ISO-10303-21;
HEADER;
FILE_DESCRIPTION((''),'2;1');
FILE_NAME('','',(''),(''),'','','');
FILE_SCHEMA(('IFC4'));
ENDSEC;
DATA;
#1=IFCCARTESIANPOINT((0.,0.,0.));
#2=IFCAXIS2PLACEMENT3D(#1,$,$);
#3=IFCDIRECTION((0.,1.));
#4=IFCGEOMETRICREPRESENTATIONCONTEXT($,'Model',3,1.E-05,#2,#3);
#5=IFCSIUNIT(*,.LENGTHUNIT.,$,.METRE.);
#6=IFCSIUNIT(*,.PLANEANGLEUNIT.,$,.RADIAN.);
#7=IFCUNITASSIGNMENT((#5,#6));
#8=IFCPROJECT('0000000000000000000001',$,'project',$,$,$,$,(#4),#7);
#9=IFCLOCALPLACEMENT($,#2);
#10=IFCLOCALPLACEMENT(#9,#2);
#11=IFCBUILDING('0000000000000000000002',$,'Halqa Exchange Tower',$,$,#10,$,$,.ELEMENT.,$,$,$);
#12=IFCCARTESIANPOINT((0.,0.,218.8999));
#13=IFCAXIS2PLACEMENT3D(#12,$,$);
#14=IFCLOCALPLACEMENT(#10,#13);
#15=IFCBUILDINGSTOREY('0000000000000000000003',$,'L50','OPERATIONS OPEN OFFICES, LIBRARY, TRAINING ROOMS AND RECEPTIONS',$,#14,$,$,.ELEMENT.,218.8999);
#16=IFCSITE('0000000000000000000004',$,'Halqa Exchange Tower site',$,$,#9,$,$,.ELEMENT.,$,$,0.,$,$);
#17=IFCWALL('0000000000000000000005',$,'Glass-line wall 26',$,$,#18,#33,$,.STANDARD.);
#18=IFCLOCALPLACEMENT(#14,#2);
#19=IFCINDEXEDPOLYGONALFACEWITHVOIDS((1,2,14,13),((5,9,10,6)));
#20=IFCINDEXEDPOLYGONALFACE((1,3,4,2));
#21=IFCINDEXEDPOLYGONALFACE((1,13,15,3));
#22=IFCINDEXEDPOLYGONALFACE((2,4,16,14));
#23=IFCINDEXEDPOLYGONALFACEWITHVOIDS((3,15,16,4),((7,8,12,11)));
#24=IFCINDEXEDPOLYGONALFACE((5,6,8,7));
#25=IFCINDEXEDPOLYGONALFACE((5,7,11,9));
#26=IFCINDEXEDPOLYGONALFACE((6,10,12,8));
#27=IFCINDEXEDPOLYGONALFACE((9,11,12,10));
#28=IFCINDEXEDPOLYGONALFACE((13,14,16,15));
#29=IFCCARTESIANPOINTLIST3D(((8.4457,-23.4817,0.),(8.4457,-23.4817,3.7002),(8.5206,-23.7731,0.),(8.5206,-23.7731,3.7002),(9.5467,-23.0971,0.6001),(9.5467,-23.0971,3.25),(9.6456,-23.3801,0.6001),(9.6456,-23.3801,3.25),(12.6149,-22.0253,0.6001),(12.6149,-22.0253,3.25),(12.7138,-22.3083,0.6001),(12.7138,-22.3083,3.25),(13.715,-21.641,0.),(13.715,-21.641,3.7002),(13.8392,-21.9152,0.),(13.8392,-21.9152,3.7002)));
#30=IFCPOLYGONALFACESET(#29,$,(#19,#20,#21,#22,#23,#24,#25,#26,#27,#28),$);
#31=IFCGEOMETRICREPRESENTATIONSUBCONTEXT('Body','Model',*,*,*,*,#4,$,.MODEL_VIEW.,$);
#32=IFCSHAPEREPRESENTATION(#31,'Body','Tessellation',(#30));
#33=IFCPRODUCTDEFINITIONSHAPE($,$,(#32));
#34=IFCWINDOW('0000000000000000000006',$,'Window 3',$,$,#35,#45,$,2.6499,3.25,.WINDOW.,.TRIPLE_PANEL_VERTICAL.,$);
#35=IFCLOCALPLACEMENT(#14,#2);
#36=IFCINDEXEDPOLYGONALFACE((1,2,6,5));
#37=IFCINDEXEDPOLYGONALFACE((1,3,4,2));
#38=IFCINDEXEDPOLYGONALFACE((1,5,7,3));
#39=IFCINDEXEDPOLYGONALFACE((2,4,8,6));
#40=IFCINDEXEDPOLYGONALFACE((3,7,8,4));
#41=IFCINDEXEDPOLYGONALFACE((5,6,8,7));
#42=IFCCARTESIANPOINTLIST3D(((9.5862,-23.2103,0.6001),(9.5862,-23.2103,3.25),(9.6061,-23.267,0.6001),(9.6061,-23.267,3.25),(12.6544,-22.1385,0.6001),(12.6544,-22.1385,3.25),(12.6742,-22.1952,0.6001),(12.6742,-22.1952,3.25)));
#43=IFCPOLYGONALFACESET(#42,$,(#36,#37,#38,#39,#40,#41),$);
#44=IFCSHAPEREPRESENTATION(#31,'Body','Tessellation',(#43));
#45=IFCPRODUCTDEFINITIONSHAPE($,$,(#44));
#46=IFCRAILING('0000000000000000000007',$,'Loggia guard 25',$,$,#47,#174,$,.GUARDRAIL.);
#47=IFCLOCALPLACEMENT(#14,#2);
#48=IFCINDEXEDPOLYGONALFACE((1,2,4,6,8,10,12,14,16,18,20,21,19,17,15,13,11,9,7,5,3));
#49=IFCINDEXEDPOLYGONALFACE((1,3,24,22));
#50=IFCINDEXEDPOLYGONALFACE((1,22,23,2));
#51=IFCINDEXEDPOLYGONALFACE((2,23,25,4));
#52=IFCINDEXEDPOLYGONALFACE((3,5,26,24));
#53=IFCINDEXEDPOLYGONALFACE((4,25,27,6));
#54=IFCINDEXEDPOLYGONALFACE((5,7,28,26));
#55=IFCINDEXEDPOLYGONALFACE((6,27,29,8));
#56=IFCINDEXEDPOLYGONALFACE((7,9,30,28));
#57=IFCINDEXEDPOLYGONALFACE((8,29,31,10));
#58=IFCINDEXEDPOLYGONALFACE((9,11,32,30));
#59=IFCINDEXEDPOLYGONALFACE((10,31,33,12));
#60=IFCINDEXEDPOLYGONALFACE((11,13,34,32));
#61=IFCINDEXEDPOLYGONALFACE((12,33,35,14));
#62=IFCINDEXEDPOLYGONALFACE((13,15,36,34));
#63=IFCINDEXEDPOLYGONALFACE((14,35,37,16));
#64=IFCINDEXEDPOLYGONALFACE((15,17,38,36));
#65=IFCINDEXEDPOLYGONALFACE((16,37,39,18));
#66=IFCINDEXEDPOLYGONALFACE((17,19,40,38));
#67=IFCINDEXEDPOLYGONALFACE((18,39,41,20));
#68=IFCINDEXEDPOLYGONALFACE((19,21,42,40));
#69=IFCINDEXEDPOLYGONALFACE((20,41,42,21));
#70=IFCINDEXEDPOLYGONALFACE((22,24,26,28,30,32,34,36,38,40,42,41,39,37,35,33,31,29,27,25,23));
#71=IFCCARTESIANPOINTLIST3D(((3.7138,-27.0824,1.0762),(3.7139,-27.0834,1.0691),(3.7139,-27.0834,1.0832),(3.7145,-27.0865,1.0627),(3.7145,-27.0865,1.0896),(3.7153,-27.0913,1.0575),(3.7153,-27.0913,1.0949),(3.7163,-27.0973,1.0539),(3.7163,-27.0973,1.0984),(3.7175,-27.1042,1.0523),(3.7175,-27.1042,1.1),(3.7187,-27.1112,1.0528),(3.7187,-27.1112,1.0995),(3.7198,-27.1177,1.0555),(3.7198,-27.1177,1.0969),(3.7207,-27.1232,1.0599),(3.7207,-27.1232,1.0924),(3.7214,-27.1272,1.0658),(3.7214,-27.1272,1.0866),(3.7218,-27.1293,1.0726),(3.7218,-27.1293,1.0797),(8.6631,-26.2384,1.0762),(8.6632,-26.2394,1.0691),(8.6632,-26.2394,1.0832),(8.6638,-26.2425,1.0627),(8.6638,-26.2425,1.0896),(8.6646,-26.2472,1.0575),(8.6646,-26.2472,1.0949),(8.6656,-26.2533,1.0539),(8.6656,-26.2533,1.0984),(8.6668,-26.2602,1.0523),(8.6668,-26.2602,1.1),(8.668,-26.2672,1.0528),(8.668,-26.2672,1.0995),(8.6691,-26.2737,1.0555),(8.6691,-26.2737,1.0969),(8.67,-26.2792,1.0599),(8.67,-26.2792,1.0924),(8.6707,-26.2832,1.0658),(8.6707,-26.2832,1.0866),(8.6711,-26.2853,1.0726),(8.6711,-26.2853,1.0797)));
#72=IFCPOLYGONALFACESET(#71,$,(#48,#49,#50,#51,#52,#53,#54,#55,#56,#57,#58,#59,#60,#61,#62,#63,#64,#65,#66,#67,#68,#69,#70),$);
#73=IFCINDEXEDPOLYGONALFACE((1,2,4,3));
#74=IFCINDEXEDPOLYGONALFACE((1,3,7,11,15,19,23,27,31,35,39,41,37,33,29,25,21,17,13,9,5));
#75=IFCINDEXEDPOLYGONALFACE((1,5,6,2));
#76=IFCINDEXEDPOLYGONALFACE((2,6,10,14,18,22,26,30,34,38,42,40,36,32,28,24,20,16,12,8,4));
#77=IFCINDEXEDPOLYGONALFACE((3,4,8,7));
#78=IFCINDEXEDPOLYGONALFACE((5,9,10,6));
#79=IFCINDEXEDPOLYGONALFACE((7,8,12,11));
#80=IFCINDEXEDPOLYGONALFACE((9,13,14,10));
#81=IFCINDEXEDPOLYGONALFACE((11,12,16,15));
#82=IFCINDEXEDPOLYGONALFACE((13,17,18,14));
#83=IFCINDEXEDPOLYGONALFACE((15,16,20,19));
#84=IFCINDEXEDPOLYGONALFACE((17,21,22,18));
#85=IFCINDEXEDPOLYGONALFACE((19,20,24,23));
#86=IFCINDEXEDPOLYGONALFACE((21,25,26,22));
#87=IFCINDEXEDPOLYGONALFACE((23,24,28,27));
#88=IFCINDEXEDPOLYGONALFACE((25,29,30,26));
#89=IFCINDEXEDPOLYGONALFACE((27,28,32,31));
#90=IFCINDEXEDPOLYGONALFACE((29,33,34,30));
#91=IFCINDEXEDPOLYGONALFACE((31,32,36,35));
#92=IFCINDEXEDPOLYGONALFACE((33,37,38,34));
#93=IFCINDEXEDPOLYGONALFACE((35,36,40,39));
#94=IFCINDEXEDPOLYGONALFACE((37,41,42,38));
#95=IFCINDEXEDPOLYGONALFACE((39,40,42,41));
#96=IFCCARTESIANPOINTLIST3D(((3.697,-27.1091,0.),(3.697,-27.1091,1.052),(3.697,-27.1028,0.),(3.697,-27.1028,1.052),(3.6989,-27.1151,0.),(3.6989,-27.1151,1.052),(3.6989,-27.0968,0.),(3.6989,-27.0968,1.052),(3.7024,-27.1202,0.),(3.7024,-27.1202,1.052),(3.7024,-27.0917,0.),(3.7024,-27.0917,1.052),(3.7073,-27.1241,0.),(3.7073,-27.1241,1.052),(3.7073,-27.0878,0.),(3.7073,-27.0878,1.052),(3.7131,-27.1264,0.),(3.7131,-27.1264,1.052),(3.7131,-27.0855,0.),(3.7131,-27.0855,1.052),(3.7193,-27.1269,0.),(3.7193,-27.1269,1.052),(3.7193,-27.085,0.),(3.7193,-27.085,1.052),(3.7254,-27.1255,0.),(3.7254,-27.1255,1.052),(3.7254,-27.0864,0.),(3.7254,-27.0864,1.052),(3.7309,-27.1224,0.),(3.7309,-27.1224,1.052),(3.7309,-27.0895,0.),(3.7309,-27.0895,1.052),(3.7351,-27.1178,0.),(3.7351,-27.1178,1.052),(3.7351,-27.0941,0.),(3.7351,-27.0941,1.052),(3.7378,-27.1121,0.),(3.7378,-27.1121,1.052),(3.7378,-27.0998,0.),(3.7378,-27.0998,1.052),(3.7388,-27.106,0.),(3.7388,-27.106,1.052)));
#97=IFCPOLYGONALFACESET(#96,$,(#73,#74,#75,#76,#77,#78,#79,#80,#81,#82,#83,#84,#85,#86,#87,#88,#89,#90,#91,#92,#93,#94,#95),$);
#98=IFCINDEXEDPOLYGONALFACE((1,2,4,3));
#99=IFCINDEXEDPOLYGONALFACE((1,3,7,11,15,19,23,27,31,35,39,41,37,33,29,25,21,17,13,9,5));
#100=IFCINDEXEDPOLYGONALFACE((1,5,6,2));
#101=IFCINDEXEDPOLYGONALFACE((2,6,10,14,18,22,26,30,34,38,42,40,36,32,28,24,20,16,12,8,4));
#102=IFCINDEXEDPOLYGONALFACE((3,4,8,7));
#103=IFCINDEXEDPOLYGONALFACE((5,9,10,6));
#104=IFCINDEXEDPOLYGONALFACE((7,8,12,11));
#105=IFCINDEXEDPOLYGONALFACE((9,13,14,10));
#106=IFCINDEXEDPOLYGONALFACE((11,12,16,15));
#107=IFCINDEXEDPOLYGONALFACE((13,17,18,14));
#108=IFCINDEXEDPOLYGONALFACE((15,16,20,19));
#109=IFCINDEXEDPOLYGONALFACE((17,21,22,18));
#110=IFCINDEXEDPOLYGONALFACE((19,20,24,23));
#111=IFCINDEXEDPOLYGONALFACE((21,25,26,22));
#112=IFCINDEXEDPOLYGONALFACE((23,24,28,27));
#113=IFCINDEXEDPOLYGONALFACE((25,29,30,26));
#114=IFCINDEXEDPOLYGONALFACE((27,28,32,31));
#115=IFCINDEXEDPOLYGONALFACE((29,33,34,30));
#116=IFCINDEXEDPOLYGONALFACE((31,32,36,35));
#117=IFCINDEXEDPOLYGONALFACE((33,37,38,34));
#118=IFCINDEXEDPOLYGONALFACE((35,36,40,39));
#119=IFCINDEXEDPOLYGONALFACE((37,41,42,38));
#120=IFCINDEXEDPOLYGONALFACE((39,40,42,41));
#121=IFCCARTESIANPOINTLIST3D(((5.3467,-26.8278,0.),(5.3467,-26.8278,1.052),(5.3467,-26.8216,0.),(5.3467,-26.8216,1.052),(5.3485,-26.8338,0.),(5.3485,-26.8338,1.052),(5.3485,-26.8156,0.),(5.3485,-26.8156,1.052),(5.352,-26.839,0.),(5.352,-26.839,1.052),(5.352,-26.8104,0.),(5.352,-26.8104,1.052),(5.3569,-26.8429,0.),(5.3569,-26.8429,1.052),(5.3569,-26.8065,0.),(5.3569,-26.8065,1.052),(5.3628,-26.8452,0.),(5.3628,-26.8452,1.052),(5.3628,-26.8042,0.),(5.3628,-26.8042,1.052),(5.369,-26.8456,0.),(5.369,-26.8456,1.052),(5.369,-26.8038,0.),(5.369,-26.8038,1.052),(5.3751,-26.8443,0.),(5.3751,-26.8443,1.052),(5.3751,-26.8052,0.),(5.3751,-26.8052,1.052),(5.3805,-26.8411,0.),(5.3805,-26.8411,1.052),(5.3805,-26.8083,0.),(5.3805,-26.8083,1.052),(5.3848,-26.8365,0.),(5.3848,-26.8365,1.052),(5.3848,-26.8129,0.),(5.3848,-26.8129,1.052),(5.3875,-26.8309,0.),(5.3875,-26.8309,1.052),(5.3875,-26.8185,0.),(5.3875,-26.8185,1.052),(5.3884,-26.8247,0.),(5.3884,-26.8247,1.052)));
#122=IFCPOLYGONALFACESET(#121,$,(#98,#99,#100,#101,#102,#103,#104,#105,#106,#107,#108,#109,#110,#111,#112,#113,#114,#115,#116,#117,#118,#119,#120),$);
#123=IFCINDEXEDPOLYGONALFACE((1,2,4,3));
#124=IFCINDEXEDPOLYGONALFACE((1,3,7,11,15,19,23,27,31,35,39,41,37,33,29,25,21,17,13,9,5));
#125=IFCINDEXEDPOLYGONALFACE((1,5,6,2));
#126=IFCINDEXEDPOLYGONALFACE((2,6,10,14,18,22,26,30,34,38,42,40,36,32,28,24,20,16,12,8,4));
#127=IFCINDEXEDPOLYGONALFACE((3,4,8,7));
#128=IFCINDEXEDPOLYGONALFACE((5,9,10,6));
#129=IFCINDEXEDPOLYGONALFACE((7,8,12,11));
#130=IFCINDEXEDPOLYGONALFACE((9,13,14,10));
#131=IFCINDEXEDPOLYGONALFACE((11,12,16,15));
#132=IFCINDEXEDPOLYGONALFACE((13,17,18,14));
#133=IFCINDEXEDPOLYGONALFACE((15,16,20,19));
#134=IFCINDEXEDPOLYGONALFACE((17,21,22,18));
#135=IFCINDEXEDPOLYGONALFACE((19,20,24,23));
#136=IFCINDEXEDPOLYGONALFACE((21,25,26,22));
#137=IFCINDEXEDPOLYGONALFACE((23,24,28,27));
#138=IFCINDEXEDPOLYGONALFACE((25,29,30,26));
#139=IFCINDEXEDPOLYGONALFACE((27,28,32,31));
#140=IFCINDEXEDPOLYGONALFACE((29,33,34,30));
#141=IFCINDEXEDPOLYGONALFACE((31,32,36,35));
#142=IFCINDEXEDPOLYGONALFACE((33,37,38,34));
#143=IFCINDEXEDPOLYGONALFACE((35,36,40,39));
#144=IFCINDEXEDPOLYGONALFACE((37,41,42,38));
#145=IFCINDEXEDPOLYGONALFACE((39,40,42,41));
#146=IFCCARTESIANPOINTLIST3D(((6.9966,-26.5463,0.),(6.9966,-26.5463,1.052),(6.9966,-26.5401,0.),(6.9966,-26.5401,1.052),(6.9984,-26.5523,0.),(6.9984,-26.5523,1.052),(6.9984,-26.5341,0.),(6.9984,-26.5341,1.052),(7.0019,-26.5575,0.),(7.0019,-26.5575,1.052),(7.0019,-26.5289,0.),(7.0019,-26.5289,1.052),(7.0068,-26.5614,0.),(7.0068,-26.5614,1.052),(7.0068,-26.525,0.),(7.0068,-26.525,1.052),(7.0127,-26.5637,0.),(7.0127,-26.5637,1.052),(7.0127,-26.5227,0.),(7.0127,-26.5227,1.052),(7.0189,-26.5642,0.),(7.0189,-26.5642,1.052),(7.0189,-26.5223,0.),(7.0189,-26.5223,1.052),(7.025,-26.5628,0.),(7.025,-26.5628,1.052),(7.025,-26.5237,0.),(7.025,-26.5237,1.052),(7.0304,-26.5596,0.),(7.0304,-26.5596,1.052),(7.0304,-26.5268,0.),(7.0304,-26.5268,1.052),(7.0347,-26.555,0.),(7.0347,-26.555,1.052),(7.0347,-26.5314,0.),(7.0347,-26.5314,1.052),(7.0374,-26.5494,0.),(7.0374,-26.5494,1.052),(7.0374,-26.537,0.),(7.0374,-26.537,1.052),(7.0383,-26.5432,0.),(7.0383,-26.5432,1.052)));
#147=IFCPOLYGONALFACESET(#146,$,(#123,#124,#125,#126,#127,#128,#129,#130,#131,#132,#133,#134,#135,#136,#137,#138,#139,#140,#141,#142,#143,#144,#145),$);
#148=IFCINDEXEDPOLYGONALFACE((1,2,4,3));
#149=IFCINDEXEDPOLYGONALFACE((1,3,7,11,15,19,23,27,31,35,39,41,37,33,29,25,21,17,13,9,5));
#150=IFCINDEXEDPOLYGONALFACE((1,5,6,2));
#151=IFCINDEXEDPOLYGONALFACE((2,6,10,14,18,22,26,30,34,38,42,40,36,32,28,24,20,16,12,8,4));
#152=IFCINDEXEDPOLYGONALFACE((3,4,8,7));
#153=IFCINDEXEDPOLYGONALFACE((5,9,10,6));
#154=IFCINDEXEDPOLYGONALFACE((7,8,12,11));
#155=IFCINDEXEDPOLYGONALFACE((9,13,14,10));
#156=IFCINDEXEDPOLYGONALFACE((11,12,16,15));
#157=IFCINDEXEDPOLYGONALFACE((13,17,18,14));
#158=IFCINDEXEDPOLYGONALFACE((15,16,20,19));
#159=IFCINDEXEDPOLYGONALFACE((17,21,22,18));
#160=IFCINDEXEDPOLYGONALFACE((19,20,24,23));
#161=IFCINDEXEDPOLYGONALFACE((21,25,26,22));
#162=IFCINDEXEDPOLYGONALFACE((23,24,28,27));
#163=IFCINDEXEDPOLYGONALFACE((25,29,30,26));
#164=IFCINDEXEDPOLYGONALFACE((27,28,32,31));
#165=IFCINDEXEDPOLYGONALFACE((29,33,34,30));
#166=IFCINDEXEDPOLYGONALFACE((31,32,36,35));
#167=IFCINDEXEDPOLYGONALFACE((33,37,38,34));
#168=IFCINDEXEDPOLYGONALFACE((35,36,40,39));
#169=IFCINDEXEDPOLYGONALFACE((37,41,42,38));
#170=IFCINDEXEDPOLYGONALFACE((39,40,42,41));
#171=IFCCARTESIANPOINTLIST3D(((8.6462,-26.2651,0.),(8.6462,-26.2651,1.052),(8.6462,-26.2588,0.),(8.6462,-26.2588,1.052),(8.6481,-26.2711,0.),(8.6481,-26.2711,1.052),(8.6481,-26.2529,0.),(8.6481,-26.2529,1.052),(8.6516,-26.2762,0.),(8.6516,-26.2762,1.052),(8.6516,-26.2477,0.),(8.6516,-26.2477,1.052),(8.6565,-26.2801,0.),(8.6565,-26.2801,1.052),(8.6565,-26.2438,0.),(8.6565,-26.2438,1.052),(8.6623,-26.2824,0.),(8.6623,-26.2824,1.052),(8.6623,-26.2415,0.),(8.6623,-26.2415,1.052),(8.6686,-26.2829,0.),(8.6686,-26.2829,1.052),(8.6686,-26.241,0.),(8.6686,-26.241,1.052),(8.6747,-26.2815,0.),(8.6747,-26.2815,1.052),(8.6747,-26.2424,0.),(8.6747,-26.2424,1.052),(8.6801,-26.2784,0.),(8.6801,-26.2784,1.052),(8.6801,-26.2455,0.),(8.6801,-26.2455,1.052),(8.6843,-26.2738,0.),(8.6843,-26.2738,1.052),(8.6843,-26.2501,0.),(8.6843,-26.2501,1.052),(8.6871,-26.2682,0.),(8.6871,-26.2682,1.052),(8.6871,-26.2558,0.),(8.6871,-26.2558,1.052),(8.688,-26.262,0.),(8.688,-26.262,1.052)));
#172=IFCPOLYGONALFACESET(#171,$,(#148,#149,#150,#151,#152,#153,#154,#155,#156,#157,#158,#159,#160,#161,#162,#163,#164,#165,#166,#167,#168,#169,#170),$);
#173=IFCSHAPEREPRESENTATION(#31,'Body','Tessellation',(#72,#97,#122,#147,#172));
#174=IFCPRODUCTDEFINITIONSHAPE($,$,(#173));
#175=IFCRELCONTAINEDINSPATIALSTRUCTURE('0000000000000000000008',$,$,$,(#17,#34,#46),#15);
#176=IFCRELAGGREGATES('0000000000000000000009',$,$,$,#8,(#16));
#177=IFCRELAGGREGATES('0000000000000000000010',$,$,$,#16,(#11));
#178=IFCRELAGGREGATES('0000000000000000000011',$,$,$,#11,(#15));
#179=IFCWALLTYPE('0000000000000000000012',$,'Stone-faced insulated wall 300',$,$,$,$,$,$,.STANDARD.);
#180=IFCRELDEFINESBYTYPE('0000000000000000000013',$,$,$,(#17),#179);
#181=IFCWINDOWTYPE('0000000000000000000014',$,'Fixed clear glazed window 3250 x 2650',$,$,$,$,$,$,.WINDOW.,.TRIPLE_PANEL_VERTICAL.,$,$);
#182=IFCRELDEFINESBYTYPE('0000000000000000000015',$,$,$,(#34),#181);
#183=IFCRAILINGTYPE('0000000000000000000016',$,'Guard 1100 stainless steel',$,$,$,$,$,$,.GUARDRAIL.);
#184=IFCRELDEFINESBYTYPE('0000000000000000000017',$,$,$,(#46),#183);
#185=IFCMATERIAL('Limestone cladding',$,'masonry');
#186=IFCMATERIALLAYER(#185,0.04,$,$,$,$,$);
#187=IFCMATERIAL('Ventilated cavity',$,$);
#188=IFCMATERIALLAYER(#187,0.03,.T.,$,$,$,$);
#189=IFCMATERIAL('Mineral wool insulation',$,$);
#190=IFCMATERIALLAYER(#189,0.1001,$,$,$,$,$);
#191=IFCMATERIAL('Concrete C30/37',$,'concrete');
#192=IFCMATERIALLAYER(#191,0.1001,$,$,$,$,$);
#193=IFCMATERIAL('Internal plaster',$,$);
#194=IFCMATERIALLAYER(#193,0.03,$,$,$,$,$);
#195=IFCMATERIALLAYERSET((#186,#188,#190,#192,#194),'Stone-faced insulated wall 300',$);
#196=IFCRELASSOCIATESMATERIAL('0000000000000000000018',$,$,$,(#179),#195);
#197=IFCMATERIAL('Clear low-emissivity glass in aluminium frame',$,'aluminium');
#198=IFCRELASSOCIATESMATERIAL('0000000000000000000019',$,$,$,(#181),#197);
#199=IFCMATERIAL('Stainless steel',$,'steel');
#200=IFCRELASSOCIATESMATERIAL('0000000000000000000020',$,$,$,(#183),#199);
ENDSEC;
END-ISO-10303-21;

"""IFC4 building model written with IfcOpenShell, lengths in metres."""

from ifc_helpers import new_model, si_unit, direction, frame, frame_2d, origin, origin_2d, place, context, subcontext, project, spatial, polyline, rectangle, circle, outline, extrude, material, layer, layer_set, type_object, element, fill, save


model = new_model("IFC4")

# Units and contexts
model_context = context("Model", 3, precision=1e-05, world=origin(), true_north=direction((0.0, 1.0)))
body_context = subcontext(model_context, "Body", "Model", "MODEL_VIEW")
ifc_project = project(units=[si_unit("LENGTHUNIT", "METRE"), si_unit("PLANEANGLEUNIT", "RADIAN")], contexts=[model_context])

# Site, building, storey
site_placement = place(None, origin())
site = spatial("IfcSite", under=ifc_project, at=site_placement, Name="Halqa Exchange Tower site", CompositionType="ELEMENT", RefElevation=0.0)
building_placement = place(site_placement, origin())
building = spatial("IfcBuilding", under=site, at=building_placement, Name="Halqa Exchange Tower", CompositionType="ELEMENT")
storey_placement = place(building_placement, frame((0.0, 0.0, 218.8999)))
storey = spatial("IfcBuildingStorey", under=building, at=storey_placement, Name="L50", Description="OPERATIONS OPEN OFFICES, LIBRARY, TRAINING ROOMS AND RECEPTIONS", CompositionType="ELEMENT", Elevation=218.8999)

# Shared definitions
ifc_material_1 = material(Name="Concrete C30/37", Category="concrete")

# Wall, opening, window
ifc_material_2 = material(Name="Limestone cladding", Category="masonry")
ifc_layer_1 = layer(ifc_material_2, 0.04)
ifc_material_3 = material(Name="Ventilated cavity")
ifc_layer_2 = layer(ifc_material_3, 0.03, ventilated=True)
ifc_material_4 = material(Name="Mineral wool insulation")
ifc_layer_3 = layer(ifc_material_4, 0.1001)
ifc_layer_4 = layer(ifc_material_1, 0.1001)
ifc_material_5 = material(Name="Internal plaster")
ifc_layer_5 = layer(ifc_material_5, 0.03)
ifc_layer_set_1 = layer_set([ifc_layer_1, ifc_layer_2, ifc_layer_3, ifc_layer_4, ifc_layer_5], Name="Stone-faced insulated wall 300")
wall_type_1 = type_object("IfcWallType", Name="Stone-faced insulated wall 300", PredefinedType="STANDARD", material=ifc_layer_set_1)
ifc_material_6 = material(Name="Clear low-emissivity glass in aluminium frame", Category="aluminium")
window_type = type_object("IfcWindowType", Name="Fixed clear glazed window 3250 x 2650", PartitioningType="TRIPLE_PANEL_VERTICAL", PredefinedType="WINDOW", material=ifc_material_6)
wall_1_placement = place(storey_placement, frame((8.4832, -23.6274, 0.0), z_axis=(0.0, 0.0, 1.0), x_axis=(0.944054, 0.329792, 0.0)))
wall_1 = element("IfcWall", 1, at=wall_1_placement, inside=storey, type_object=wall_type_1, Name="Glass-line wall 26", PredefinedType="STANDARD", context=body_context, shape_type="SweptSolid", body=[
    extrude(outline(polyline([(-0.0127, -0.1499), (5.6211, -0.1499), (5.5942, 0.1499), (0.0127, 0.1499), (-0.0127, -0.1499)])), origin(), (0.0, 0.0, 1.0), 3.7002),
])
opening_1_placement = place(wall_1_placement, frame((1.179, 0.0, 0.6001)))
opening_1 = element("IfcOpeningElement", 2, at=opening_1_placement, cuts=wall_1, PredefinedType="OPENING", context=body_context, shape_type="SweptSolid", body=[
    extrude(rectangle(XDim=3.25, YDim=2.6499, at=frame_2d((1.625, 1.325))), frame((0.0, 0.1621, 0.0), z_axis=(0.0, -1.0, 0.0), x_axis=(1.0, 0.0, 0.0)), (0.0, 0.0, 1.0), 0.324),
])
window_1_placement = place(opening_1_placement, origin())
window_1 = element("IfcWindow", 3, at=window_1_placement, inside=storey, type_object=window_type, Name="Window 3", OverallHeight=2.6499, OverallWidth=3.25, PartitioningType="TRIPLE_PANEL_VERTICAL", PredefinedType="WINDOW", context=body_context, shape_type="SweptSolid", body=[
    extrude(rectangle(XDim=3.25, YDim=2.6499, at=frame_2d((1.625, 1.325))), frame((0.0, 0.03, 0.0), z_axis=(0.0, -1.0, 0.0), x_axis=(1.0, 0.0, 0.0)), (0.0, 0.0, 1.0), 0.0601),
])
fill(opening_1, window_1)

# Railing
ifc_material_7 = material(Name="Stainless steel", Category="steel")
railing_type = type_object("IfcRailingType", Name="Guard 1100 stainless steel", PredefinedType="GUARDRAIL", material=ifc_material_7)
railing_1_placement = place(storey_placement, frame((3.7178, -27.106, 0.0)))
element("IfcRailing", 4, at=railing_1_placement, inside=storey, type_object=railing_type, Name="Loggia guard 25", PredefinedType="GUARDRAIL", context=body_context, shape_type="SweptSolid", body=[
    extrude(circle(Radius=0.0239, at=origin_2d()), frame((0.0, 0.0, 1.0762), z_axis=(0.985769, 0.168104, 0.0), x_axis=(-0.168104, 0.985769, 0.0)), (0.0, 0.0, 1.0), 5.0208),
    extrude(circle(Radius=0.021, at=origin_2d()), origin(), (0.0, 0.0, 1.0), 1.052),
    extrude(circle(Radius=0.021, at=origin_2d()), frame((1.6497, 0.2812, 0.0)), (0.0, 0.0, 1.0), 1.052),
    extrude(circle(Radius=0.021, at=origin_2d()), frame((3.2996, 0.5627, 0.0)), (0.0, 0.0, 1.0), 1.052),
    extrude(circle(Radius=0.021, at=origin_2d()), frame((4.9492, 0.844, 0.0)), (0.0, 0.0, 1.0), 1.052),
])

save(model, "model.ifc")
